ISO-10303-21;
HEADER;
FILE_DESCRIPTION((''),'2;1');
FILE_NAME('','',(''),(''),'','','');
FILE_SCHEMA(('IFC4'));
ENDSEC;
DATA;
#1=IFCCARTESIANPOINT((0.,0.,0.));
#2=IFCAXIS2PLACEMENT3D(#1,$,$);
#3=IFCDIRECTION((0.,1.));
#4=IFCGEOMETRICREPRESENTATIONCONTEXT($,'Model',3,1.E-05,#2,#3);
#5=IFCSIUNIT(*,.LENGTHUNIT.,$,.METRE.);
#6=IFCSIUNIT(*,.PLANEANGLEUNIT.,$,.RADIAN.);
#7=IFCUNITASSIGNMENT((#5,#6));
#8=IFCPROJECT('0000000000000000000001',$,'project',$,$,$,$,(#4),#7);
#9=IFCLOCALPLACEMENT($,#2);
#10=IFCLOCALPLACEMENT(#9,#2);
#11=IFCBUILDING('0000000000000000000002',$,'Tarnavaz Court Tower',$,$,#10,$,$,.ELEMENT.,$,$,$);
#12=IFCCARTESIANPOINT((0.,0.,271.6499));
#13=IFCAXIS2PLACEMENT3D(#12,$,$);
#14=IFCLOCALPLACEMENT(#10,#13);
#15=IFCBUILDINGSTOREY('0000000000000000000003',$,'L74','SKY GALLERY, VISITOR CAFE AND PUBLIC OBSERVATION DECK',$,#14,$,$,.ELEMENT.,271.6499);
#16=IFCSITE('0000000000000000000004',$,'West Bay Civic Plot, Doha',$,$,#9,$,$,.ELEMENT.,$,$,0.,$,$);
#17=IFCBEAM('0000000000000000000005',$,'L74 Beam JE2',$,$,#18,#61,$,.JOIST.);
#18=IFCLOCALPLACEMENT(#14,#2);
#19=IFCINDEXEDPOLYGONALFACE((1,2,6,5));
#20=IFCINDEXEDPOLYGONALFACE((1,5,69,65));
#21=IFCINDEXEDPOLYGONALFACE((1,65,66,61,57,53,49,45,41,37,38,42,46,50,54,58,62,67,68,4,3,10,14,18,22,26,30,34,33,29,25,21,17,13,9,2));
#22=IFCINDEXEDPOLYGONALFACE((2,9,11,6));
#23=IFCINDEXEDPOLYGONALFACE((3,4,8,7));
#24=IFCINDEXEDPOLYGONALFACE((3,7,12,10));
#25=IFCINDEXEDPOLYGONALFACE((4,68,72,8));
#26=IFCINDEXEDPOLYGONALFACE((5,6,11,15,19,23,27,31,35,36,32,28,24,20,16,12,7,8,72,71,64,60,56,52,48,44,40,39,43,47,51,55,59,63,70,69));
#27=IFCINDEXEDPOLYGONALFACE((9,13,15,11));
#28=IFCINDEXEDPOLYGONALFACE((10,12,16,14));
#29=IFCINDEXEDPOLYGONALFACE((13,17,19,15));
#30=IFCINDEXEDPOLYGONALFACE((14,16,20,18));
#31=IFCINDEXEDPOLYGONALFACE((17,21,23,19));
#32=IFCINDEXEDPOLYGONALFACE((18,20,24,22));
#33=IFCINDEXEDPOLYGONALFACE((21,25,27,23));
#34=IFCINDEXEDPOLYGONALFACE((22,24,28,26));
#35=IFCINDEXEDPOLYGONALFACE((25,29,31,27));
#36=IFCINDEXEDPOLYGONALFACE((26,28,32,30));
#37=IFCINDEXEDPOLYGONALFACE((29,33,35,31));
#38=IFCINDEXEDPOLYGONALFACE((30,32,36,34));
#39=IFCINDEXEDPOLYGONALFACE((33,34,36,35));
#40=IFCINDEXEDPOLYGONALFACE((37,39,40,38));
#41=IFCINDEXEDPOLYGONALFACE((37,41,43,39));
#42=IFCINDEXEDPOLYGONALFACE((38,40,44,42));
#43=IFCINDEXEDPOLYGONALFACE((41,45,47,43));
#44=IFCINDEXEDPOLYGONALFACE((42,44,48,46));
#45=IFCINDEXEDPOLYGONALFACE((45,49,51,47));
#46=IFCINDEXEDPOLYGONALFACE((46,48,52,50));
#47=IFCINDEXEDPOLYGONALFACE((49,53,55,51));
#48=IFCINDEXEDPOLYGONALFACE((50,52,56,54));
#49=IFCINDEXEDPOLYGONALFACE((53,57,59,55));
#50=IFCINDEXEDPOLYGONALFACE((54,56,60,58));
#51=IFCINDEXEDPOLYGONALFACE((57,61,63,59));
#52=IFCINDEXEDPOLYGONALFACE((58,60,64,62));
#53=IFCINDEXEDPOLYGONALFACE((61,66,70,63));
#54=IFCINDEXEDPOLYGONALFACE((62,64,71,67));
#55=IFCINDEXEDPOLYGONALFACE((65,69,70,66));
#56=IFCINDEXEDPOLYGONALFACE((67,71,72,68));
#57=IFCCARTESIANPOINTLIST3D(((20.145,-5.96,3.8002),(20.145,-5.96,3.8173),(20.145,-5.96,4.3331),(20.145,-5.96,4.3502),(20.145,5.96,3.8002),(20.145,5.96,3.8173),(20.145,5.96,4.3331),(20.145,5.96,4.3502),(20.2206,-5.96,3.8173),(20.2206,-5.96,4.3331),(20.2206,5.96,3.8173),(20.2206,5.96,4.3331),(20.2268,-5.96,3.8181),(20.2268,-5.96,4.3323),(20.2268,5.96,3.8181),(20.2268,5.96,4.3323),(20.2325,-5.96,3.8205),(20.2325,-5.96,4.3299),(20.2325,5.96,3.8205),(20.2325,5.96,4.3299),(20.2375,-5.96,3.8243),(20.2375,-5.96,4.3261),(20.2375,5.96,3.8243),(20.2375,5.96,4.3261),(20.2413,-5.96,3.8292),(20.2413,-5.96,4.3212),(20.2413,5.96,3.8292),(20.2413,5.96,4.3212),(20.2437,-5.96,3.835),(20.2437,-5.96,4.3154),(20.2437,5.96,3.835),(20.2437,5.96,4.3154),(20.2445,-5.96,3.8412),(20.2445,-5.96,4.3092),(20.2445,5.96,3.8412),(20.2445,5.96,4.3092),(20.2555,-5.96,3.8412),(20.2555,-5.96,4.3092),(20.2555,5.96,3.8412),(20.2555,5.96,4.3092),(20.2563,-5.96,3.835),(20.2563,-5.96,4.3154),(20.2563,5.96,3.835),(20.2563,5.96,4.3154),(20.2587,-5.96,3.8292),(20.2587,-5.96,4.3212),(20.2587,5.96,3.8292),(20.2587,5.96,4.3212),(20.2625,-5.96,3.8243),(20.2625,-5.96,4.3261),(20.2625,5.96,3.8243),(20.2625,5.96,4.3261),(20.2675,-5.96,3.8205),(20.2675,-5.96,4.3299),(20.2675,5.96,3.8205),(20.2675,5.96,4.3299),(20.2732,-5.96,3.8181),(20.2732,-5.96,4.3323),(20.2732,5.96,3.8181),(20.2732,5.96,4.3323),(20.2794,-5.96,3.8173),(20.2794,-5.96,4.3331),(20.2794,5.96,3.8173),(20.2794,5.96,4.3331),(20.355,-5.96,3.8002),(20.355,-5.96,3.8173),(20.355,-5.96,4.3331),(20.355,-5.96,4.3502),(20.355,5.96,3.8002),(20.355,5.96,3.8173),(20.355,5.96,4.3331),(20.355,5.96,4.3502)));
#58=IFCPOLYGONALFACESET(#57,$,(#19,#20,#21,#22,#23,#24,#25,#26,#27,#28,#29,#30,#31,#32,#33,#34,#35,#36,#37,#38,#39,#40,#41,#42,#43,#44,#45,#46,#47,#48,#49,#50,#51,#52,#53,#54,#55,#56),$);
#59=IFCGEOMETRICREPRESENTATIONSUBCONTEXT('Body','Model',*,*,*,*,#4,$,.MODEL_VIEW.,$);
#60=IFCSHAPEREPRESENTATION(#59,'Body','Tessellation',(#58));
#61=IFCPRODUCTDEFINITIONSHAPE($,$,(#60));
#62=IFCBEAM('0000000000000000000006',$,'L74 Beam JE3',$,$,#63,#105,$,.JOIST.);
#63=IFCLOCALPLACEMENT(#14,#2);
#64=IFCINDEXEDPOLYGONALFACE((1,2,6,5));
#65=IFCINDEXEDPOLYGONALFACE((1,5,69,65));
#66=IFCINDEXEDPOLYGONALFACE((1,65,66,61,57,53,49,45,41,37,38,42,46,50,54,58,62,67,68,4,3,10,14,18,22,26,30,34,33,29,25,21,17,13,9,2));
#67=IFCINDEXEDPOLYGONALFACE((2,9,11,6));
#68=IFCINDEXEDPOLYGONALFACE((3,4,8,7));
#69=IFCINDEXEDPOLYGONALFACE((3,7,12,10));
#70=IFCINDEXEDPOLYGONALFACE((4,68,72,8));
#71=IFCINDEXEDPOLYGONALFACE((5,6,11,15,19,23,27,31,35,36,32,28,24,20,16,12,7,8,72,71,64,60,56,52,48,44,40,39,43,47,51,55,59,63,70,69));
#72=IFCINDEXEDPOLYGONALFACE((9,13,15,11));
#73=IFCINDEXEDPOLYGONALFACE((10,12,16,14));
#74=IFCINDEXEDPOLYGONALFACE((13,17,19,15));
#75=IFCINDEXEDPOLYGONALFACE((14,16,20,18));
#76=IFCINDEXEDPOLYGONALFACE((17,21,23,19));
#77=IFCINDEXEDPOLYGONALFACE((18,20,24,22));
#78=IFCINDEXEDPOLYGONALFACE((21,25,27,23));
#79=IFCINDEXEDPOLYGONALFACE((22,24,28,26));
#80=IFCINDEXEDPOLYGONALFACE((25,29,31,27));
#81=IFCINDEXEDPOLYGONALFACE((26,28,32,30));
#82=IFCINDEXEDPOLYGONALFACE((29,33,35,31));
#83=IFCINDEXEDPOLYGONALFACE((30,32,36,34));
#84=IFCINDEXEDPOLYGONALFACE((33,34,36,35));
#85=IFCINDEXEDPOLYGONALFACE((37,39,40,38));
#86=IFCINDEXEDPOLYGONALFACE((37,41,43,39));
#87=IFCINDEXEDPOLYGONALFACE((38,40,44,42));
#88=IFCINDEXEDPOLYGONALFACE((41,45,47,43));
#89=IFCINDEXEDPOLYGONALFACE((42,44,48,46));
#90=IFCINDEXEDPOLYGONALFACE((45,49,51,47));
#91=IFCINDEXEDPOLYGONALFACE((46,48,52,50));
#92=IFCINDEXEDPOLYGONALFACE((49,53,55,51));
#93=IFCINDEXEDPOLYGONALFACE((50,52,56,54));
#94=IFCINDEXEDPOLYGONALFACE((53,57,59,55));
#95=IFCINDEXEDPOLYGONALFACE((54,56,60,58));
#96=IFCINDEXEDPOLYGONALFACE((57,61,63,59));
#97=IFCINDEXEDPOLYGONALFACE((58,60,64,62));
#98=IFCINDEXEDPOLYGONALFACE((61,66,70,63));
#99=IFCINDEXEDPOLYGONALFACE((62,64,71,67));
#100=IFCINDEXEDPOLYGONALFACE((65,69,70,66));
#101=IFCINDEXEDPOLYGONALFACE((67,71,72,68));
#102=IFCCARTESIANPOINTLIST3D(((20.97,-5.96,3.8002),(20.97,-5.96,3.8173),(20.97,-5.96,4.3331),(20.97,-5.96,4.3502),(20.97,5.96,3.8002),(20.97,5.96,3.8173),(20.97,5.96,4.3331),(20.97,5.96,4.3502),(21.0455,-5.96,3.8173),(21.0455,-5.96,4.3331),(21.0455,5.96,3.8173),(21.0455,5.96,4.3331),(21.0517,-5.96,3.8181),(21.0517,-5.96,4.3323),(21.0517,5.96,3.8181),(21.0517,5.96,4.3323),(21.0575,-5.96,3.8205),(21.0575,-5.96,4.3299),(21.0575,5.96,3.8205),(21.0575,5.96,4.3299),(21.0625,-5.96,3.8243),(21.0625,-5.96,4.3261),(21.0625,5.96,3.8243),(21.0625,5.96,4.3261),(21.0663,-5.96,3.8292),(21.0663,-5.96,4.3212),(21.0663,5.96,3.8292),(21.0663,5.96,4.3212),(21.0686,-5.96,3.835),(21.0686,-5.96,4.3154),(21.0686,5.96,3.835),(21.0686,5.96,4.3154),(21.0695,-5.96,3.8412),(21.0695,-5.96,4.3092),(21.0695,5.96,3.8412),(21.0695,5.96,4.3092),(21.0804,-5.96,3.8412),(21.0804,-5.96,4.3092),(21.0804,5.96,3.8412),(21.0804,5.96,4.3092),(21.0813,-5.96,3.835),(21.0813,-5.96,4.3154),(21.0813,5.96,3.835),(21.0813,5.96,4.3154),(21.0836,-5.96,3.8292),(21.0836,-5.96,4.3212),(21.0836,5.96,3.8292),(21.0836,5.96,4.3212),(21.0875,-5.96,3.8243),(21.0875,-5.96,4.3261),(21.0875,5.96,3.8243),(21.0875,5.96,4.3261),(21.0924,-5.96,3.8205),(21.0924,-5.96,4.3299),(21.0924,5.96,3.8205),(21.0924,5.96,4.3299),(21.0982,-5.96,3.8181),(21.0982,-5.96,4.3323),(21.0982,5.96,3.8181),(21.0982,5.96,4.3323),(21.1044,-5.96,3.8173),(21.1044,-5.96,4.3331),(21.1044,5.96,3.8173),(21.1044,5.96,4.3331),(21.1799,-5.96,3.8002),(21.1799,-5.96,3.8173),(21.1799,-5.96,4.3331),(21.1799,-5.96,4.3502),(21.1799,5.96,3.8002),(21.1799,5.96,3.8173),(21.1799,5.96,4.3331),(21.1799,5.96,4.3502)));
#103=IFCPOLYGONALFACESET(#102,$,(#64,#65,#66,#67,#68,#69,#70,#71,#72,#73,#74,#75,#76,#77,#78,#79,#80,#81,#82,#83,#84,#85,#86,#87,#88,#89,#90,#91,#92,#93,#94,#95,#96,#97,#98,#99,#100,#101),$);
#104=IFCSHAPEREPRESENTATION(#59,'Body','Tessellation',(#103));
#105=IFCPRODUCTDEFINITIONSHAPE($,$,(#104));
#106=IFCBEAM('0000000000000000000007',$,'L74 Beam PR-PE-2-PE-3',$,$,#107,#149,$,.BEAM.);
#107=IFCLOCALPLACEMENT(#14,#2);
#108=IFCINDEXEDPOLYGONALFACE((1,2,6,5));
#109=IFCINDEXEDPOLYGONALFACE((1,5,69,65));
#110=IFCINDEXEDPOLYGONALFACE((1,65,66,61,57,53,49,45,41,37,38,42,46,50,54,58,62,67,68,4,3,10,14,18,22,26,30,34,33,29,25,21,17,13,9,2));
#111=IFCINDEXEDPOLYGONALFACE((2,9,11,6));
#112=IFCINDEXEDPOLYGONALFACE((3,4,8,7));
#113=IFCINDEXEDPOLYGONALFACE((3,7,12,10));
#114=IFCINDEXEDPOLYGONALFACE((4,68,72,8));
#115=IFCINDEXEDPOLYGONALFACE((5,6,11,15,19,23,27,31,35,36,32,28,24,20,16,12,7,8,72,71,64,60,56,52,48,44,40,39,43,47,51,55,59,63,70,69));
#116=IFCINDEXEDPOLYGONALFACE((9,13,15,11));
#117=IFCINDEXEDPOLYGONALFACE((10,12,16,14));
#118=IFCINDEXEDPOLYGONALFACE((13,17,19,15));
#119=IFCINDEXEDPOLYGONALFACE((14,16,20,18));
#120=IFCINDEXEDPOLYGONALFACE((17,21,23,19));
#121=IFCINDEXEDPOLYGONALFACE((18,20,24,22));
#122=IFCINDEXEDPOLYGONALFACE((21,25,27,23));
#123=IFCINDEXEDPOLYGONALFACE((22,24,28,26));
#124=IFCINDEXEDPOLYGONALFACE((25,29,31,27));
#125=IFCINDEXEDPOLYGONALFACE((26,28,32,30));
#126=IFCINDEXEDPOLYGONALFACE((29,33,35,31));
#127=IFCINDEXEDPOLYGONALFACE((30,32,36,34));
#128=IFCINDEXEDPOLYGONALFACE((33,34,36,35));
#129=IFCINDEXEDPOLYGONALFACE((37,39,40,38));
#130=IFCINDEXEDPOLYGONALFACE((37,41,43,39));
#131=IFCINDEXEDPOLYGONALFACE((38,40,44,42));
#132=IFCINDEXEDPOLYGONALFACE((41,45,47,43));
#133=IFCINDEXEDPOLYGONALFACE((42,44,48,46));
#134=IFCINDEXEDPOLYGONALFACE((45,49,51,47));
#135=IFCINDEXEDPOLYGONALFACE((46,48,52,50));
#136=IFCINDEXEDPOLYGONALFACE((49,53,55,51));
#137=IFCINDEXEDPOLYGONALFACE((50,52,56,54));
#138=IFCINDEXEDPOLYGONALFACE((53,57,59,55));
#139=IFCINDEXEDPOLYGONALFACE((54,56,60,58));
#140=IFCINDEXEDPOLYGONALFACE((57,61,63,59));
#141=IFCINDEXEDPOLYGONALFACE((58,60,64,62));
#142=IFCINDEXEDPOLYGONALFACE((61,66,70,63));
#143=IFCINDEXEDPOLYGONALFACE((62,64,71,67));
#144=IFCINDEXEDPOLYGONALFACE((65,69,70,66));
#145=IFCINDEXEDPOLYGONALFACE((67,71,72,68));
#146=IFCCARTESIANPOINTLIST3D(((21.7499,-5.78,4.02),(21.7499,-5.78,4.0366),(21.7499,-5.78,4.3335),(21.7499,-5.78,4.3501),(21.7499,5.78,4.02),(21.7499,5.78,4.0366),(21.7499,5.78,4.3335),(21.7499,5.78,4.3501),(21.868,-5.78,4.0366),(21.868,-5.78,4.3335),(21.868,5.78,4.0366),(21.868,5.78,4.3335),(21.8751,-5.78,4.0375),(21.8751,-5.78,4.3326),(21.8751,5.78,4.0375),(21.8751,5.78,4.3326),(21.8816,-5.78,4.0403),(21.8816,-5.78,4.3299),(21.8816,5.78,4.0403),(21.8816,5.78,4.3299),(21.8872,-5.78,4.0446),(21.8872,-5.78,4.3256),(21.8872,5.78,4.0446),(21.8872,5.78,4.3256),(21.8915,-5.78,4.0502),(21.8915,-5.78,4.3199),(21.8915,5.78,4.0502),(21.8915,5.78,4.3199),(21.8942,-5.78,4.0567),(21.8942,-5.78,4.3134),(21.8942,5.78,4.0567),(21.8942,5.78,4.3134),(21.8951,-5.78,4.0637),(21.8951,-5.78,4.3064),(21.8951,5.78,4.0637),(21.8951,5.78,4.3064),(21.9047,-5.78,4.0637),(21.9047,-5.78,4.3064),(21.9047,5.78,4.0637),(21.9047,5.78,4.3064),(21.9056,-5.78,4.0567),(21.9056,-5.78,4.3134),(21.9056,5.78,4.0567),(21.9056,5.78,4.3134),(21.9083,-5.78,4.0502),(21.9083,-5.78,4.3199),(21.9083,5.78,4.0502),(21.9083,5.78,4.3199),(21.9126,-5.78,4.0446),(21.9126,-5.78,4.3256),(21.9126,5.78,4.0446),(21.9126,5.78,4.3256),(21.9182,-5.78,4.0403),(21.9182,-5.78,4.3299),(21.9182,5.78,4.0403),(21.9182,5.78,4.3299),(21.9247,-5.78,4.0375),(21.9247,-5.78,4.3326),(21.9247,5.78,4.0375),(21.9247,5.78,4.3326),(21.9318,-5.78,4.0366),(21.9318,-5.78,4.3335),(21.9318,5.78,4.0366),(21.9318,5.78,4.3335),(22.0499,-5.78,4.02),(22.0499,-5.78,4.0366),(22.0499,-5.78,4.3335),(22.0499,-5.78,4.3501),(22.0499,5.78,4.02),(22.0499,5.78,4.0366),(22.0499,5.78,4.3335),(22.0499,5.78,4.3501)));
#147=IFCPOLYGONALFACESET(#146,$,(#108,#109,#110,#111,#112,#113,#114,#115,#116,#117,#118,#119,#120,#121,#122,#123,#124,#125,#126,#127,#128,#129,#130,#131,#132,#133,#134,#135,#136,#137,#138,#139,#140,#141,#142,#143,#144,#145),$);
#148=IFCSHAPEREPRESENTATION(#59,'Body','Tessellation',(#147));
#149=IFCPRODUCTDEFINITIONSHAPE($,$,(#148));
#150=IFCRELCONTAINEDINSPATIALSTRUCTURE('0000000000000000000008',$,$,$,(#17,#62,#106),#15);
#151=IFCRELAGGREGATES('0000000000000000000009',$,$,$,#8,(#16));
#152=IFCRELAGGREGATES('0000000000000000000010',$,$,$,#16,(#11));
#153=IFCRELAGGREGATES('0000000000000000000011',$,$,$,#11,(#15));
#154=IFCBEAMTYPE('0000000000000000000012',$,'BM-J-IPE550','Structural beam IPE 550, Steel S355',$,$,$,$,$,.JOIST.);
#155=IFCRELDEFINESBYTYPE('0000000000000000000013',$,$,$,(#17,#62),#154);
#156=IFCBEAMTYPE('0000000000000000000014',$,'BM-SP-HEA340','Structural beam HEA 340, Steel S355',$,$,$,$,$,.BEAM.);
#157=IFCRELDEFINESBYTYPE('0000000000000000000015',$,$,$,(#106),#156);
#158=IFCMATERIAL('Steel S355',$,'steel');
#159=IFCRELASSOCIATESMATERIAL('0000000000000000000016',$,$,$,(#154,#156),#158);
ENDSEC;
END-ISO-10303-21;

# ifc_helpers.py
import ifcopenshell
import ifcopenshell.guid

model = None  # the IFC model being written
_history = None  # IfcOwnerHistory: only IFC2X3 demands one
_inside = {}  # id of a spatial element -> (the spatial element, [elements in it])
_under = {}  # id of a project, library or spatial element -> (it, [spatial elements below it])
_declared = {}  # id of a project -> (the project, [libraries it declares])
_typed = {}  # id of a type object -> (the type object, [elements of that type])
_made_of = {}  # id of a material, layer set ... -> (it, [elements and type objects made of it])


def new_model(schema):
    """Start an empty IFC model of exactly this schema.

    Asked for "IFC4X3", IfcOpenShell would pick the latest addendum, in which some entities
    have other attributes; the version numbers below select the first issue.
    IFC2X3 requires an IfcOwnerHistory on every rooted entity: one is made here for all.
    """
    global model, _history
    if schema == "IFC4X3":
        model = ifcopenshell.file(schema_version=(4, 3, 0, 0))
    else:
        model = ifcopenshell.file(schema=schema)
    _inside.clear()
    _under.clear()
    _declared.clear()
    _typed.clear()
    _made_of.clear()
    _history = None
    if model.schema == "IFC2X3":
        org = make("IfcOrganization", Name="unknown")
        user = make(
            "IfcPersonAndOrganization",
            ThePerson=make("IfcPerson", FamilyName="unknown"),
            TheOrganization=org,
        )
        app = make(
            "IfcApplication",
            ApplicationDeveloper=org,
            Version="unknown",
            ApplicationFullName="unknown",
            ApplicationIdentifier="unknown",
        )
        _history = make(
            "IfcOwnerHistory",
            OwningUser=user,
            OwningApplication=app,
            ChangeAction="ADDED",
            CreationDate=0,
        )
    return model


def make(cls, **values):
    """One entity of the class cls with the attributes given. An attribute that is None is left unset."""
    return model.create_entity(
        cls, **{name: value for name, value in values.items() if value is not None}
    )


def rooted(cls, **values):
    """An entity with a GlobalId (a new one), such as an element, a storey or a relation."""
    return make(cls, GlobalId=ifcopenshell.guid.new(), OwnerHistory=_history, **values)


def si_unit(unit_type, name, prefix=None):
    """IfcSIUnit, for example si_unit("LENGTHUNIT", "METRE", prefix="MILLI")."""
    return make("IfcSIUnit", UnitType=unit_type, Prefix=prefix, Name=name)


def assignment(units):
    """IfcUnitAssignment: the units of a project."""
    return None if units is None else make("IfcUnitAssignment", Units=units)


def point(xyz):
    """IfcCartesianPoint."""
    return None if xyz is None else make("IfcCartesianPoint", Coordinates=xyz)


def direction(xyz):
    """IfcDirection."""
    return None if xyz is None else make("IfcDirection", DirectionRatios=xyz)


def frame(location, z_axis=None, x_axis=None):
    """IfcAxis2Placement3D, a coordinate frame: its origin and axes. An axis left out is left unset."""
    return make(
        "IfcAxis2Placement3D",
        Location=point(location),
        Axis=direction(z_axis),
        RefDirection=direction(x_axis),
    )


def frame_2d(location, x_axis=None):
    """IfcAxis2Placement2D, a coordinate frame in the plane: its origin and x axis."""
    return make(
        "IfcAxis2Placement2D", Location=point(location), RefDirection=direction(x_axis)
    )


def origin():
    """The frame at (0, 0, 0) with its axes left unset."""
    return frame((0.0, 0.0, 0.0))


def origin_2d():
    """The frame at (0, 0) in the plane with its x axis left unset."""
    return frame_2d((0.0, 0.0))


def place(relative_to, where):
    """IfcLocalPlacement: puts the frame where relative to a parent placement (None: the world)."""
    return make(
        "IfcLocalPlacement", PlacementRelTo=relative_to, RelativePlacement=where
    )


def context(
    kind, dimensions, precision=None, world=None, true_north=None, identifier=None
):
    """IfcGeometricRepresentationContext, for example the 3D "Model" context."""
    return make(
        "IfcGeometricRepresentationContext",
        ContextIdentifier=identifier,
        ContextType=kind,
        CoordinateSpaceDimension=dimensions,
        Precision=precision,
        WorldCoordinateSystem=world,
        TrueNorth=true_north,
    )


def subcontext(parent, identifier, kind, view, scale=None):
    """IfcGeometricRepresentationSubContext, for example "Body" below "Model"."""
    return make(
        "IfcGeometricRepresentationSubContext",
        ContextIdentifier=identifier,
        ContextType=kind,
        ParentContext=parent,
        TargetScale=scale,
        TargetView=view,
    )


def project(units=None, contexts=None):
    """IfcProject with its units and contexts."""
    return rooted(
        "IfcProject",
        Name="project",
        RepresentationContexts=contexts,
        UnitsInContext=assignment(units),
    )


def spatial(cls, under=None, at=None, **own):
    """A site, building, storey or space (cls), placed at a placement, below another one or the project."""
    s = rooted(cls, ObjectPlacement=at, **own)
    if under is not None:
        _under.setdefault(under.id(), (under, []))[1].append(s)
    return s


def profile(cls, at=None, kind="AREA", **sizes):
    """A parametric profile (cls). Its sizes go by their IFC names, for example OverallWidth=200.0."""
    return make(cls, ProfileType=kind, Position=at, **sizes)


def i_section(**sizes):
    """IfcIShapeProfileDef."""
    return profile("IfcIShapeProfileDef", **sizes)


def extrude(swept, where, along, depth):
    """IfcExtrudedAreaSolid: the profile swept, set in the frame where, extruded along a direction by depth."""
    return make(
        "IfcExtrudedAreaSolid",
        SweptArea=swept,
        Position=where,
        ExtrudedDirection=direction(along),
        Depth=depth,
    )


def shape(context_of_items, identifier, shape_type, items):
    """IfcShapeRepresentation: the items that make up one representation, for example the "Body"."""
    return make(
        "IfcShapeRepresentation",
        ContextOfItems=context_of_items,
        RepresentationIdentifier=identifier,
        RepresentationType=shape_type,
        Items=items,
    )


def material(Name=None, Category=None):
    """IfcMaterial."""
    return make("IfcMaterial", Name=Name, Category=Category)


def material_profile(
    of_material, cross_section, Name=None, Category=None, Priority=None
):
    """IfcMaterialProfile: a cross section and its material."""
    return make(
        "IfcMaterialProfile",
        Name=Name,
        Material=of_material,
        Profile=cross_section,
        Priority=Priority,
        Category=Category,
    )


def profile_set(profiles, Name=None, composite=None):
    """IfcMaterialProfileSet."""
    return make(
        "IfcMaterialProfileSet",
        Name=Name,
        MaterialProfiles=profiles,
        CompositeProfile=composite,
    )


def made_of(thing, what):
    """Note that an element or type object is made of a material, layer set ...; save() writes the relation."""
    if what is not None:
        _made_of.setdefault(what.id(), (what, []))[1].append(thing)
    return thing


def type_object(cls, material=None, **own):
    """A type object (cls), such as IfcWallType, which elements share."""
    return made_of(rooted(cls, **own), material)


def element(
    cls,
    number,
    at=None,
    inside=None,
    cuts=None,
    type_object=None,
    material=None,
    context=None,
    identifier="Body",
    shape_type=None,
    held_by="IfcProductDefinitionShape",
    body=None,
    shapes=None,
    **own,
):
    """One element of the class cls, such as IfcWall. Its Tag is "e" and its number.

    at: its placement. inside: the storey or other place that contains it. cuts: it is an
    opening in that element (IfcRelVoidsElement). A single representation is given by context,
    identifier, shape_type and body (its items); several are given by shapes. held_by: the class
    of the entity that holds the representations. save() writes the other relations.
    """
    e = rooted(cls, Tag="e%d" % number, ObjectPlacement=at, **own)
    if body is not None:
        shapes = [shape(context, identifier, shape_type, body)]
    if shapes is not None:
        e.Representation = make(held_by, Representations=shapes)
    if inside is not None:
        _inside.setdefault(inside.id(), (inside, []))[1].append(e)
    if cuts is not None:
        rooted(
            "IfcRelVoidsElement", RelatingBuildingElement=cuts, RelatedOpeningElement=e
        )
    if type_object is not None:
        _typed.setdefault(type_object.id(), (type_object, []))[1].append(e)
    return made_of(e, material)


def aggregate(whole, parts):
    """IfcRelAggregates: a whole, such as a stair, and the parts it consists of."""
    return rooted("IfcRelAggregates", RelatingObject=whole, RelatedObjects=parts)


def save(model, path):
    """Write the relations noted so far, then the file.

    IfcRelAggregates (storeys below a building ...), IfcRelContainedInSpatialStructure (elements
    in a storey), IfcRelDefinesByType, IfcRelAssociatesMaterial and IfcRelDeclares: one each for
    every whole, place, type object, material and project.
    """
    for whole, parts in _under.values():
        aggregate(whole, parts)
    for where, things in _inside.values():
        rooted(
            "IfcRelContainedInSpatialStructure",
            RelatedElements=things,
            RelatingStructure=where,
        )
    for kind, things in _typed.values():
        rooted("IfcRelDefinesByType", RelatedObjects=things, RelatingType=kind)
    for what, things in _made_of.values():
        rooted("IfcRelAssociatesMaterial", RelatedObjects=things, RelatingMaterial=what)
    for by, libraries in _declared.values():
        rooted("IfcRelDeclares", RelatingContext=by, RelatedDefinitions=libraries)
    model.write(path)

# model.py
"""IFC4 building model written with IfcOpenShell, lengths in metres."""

from ifc_helpers import new_model, si_unit, direction, frame, origin, origin_2d, place, context, subcontext, project, spatial, i_section, extrude, material, material_profile, profile_set, type_object, element, save


model = new_model("IFC4")

# Units and contexts
model_context = context("Model", 3, precision=1e-05, world=origin(), true_north=direction((0.0, 1.0)))
body_context = subcontext(model_context, "Body", "Model", "MODEL_VIEW")
ifc_project = project(units=[si_unit("LENGTHUNIT", "METRE"), si_unit("PLANEANGLEUNIT", "RADIAN")], contexts=[model_context])

# Site, building, storey
site_placement = place(None, origin())
site = spatial("IfcSite", under=ifc_project, at=site_placement, Name="West Bay Civic Plot, Doha", CompositionType="ELEMENT", RefElevation=0.0)
building_placement = place(site_placement, origin())
building = spatial("IfcBuilding", under=site, at=building_placement, Name="Tarnavaz Court Tower", CompositionType="ELEMENT")
storey_placement = place(building_placement, frame((0.0, 0.0, 271.6499)))
storey = spatial("IfcBuildingStorey", under=building, at=storey_placement, Name="L74", Description="SKY GALLERY, VISITOR CAFE AND PUBLIC OBSERVATION DECK", CompositionType="ELEMENT", Elevation=271.6499)

# Beams
ifc_material_1 = material(Name="Steel S355", Category="steel")
ifc_material_profile_1 = material_profile(ifc_material_1, i_section(OverallWidth=0.21, OverallDepth=0.55, WebThickness=0.011, FlangeThickness=0.0171, FilletRadius=0.0239, at=origin_2d()), Name="IPE 550")
ifc_profile_set_1 = profile_set([ifc_material_profile_1], Name="Steel S355")
beam_type_1 = type_object("IfcBeamType", Name="BM-J-IPE550", Description="Structural beam IPE 550, Steel S355", PredefinedType="JOIST", material=ifc_profile_set_1)
for number, where, z_axis, x_axis, name in (
    (1, (20.25, -5.96, 4.0752), (0.0, 1.0, 0.0), (-1.0, 0.0, 0.0), "L74 Beam JE2"),
    (2, (21.075, -5.96, 4.0752), (0.0, 1.0, 0.0), (-1.0, 0.0, 0.0), "L74 Beam JE3"),
):
    element("IfcBeam", number, at=place(storey_placement, frame(where, z_axis=z_axis, x_axis=x_axis)), inside=storey, type_object=beam_type_1, Name=name, PredefinedType="JOIST", context=body_context, shape_type="SweptSolid", body=[
        extrude(i_section(OverallWidth=0.21, OverallDepth=0.55, WebThickness=0.011, FlangeThickness=0.0171, FilletRadius=0.0239, at=origin_2d()), origin(), (0.0, 0.0, 1.0), 11.9199),
    ])
ifc_material_profile_2 = material_profile(ifc_material_1, i_section(OverallWidth=0.3, OverallDepth=0.3301, WebThickness=0.0095, FlangeThickness=0.0166, FilletRadius=0.0271, at=origin_2d()), Name="HEA 340")
ifc_profile_set_2 = profile_set([ifc_material_profile_2], Name="Steel S355")
beam_type_2 = type_object("IfcBeamType", Name="BM-SP-HEA340", Description="Structural beam HEA 340, Steel S355", PredefinedType="BEAM", material=ifc_profile_set_2)
beam_1_placement = place(storey_placement, frame((21.8999, -5.78, 4.1851), z_axis=(0.0, 1.0, 0.0), x_axis=(-1.0, 0.0, 0.0)))
element("IfcBeam", 3, at=beam_1_placement, inside=storey, type_object=beam_type_2, Name="L74 Beam PR-PE-2-PE-3", PredefinedType="BEAM", context=body_context, shape_type="SweptSolid", body=[
    extrude(i_section(OverallWidth=0.3, OverallDepth=0.3301, WebThickness=0.0095, FlangeThickness=0.0166, FilletRadius=0.0271, at=origin_2d()), origin(), (0.0, 0.0, 1.0), 11.5601),
])

save(model, "model.ifc")
